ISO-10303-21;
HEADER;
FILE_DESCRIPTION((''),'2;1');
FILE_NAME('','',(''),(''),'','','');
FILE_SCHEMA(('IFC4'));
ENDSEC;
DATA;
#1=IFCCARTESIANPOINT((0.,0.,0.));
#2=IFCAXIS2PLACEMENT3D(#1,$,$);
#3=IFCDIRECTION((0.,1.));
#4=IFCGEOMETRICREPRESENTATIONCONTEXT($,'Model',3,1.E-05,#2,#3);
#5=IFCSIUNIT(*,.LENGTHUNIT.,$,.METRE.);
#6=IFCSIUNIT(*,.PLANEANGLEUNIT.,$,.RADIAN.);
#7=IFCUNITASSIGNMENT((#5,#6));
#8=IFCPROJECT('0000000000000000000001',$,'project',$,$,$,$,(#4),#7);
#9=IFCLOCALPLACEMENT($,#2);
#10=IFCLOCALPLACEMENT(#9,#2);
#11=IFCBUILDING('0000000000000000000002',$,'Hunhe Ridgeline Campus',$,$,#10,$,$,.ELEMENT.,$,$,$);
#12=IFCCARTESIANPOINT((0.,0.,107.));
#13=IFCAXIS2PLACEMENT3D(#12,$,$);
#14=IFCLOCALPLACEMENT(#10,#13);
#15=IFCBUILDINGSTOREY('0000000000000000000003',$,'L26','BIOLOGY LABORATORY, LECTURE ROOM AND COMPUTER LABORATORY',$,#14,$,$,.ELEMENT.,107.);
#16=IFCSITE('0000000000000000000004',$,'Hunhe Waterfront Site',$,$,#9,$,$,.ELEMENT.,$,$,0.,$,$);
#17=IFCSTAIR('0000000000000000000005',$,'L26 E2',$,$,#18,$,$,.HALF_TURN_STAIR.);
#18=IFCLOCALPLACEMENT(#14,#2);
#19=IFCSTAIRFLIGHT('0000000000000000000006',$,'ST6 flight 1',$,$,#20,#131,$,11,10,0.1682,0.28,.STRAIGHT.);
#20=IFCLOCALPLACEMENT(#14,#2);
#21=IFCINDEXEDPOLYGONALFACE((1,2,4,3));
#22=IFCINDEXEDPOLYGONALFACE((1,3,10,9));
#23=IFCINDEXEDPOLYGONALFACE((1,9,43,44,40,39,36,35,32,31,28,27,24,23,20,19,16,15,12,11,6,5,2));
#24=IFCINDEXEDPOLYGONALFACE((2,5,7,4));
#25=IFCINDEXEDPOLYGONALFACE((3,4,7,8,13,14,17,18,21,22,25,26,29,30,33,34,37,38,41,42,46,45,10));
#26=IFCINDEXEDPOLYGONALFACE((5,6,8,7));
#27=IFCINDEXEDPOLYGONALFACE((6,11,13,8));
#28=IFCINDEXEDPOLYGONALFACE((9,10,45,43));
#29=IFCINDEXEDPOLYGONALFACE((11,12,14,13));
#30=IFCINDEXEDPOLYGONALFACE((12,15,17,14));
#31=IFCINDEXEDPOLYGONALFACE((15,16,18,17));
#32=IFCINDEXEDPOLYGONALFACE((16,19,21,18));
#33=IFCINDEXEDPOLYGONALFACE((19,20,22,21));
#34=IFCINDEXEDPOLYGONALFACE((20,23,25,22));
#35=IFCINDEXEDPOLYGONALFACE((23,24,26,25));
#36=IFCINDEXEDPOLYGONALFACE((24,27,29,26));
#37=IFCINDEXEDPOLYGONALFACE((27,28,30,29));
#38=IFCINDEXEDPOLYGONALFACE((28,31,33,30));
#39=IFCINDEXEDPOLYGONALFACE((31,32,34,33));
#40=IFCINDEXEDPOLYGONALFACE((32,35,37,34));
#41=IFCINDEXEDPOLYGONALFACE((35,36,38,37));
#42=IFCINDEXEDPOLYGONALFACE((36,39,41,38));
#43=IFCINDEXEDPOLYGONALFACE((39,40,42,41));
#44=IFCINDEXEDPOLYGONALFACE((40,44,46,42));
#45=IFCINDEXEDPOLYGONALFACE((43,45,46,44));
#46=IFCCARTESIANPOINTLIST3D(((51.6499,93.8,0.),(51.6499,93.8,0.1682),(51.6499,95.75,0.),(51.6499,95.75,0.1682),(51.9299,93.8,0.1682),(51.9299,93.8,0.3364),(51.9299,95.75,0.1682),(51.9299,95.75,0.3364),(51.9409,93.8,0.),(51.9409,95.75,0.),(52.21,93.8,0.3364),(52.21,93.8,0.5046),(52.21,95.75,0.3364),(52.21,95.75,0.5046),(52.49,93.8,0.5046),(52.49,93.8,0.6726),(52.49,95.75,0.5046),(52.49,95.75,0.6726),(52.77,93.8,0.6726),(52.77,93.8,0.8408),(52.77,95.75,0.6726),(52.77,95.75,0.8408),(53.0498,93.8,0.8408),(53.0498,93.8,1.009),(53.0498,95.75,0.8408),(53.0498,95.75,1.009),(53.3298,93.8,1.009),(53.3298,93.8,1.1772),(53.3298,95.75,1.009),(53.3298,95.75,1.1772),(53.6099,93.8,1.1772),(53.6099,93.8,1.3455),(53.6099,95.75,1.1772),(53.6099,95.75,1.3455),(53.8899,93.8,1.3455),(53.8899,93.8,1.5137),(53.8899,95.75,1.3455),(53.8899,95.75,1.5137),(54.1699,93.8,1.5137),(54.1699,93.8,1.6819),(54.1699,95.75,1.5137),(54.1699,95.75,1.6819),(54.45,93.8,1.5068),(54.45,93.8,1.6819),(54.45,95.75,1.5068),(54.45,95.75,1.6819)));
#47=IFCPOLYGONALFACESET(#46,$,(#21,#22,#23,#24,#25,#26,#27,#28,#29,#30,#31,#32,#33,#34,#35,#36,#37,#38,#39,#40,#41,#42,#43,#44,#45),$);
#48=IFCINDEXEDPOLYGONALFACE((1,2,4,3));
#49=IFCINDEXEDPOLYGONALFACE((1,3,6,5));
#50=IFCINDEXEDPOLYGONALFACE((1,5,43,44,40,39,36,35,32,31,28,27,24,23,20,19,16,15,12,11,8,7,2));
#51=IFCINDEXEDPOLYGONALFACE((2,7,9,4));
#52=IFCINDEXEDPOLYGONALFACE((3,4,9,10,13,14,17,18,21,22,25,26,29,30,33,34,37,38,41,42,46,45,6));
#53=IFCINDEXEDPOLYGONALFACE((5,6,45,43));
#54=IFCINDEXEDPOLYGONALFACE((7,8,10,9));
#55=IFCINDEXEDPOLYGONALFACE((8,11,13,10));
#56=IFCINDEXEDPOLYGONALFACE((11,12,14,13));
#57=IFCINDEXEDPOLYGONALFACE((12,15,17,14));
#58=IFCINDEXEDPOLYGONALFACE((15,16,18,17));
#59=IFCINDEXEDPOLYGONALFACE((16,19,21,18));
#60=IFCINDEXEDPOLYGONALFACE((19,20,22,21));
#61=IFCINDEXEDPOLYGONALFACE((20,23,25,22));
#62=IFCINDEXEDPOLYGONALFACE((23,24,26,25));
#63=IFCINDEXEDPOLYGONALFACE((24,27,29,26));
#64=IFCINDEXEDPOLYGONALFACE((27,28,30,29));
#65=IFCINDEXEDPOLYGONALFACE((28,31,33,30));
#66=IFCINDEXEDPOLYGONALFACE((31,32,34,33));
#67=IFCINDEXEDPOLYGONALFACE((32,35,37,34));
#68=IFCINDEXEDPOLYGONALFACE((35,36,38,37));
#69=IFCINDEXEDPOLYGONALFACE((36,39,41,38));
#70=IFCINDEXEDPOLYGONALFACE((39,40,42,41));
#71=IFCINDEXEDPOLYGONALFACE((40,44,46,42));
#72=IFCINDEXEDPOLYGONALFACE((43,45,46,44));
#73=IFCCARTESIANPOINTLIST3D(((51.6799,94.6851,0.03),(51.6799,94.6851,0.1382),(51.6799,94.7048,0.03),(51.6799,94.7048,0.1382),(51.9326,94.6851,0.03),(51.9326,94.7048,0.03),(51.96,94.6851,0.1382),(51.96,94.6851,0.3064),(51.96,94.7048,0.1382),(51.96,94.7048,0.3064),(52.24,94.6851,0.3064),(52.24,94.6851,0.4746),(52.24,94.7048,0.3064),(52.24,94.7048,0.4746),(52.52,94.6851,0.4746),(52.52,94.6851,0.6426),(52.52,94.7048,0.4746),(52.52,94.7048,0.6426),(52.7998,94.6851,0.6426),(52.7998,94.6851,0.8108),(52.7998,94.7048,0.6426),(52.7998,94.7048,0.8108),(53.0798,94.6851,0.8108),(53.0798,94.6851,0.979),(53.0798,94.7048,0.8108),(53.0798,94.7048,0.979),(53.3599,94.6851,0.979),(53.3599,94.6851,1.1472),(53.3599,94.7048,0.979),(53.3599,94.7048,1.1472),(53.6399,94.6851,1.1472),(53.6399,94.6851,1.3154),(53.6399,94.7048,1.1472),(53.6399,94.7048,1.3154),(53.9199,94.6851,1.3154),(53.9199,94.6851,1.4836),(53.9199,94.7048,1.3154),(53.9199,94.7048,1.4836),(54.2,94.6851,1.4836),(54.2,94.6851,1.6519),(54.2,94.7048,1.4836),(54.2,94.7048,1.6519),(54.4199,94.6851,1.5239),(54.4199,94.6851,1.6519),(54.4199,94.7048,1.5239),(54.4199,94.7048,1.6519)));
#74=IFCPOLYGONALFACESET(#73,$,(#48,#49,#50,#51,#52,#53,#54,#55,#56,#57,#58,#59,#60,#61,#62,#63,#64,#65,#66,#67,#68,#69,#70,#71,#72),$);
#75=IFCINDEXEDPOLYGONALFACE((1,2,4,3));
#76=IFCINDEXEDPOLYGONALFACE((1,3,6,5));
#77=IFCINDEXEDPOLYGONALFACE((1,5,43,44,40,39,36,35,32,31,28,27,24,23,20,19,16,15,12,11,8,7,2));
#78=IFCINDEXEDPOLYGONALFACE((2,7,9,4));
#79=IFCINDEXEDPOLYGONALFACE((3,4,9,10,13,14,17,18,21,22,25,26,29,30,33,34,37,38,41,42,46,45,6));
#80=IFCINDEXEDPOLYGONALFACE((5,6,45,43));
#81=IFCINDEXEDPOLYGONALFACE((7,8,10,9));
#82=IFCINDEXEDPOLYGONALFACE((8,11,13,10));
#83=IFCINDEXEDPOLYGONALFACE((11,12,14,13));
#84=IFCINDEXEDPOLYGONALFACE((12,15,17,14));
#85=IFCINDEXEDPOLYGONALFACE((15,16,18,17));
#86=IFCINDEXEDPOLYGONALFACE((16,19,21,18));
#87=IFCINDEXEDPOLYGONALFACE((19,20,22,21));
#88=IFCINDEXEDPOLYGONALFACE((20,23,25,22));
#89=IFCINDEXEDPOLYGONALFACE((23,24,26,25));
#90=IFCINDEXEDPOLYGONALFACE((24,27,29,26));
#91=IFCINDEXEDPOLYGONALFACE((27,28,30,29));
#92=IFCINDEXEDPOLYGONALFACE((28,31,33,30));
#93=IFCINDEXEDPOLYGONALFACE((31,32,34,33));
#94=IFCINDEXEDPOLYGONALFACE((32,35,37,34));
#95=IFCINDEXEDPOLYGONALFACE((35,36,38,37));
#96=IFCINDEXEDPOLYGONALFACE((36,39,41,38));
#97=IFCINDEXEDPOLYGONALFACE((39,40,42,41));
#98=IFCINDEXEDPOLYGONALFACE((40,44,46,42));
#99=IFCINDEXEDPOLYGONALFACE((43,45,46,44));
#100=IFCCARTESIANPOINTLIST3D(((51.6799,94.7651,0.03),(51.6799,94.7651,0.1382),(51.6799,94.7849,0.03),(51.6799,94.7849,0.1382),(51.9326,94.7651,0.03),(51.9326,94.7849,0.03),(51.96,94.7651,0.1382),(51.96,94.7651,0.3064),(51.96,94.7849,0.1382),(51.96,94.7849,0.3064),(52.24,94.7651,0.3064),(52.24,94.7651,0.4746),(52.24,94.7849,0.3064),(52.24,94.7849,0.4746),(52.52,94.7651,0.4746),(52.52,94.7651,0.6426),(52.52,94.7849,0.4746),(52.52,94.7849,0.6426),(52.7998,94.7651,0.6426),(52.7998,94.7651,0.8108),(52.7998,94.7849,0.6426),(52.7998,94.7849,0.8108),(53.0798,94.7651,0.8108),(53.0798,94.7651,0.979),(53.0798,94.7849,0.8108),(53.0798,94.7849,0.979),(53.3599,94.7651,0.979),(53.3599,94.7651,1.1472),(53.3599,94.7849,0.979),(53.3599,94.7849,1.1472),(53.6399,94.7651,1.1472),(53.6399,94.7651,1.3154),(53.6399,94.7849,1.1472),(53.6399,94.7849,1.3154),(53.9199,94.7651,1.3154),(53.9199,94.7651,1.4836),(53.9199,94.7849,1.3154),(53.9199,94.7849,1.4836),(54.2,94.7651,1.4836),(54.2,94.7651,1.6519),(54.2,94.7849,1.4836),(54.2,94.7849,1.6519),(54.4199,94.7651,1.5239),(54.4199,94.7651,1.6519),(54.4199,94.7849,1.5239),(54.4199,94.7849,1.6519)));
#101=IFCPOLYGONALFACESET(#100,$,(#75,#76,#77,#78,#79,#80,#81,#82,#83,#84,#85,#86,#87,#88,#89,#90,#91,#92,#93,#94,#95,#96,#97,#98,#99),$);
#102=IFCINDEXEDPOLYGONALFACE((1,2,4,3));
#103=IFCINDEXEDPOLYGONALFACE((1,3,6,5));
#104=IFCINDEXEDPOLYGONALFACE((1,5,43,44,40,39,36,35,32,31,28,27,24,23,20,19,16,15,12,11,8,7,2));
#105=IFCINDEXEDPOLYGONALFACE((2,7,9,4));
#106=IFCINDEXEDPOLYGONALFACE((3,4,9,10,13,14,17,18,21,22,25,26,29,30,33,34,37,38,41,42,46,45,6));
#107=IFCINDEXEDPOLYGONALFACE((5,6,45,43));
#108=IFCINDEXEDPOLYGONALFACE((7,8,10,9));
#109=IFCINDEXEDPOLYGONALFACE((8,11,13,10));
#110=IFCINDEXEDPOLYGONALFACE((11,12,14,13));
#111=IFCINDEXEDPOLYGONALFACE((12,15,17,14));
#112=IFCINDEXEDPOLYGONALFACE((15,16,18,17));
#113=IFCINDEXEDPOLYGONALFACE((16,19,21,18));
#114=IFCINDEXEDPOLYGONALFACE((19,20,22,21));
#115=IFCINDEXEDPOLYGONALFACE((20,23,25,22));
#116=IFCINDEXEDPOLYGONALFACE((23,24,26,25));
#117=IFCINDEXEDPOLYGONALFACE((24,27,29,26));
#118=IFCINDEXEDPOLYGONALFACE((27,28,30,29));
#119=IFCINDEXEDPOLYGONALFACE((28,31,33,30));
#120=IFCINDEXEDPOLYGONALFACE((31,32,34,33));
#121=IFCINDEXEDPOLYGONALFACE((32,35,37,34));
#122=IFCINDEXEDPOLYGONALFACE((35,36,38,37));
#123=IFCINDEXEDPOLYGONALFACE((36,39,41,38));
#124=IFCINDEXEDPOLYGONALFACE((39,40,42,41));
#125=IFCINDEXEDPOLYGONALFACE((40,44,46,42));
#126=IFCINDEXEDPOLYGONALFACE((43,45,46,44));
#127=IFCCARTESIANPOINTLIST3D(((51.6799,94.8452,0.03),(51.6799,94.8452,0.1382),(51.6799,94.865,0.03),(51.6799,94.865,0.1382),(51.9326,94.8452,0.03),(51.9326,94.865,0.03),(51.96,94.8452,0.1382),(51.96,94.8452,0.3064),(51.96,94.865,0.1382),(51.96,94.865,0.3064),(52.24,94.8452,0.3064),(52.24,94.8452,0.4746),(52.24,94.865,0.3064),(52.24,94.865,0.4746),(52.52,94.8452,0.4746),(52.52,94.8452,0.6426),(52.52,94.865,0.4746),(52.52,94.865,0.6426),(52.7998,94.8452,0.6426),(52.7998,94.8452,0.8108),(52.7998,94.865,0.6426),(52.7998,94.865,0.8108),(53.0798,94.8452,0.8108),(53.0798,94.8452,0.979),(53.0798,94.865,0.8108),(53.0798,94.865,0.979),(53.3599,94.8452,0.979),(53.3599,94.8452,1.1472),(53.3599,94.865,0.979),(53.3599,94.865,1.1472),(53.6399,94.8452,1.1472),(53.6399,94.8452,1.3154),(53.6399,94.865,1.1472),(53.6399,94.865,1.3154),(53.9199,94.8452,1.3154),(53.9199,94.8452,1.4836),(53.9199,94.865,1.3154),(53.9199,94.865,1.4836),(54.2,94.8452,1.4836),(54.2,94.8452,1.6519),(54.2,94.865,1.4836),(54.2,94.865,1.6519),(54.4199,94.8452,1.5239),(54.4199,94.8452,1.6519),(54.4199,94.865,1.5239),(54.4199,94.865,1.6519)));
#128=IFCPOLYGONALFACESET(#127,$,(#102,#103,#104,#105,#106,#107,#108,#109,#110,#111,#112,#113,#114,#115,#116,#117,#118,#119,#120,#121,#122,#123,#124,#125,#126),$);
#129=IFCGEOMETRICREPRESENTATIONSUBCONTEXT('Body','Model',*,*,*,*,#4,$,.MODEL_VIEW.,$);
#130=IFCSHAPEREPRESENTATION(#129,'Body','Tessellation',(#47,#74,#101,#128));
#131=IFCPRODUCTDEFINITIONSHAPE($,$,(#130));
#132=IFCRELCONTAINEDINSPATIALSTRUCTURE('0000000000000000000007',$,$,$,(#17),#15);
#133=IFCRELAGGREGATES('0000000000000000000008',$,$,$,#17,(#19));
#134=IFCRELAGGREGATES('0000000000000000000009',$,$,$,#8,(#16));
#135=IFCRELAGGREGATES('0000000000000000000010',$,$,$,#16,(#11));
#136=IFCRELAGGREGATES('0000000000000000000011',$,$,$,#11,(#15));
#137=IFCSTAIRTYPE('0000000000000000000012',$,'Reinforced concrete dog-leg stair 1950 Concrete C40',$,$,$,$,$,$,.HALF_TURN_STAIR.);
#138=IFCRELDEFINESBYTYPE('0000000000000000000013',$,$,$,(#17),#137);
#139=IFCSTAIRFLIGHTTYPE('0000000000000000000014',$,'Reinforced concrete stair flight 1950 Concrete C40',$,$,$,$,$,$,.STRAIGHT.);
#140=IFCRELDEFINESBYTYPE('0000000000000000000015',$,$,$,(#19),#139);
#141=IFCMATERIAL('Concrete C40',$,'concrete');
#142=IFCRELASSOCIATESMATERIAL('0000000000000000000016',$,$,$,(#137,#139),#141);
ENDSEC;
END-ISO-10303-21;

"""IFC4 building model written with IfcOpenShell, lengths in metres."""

from ifc_helpers import new_model, si_unit, direction, frame, origin, place, context, subcontext, project, spatial, polyline, outline, extrude, material, type_object, element, aggregate, save


model = new_model("IFC4")

# Units and contexts
model_context = context("Model", 3, precision=1e-05, world=origin(), true_north=direction((0.0, 1.0)))
body_context = subcontext(model_context, "Body", "Model", "MODEL_VIEW")
ifc_project = project(units=[si_unit("LENGTHUNIT", "METRE"), si_unit("PLANEANGLEUNIT", "RADIAN")], contexts=[model_context])

# Site, building, storey
site_placement = place(None, origin())
site = spatial("IfcSite", under=ifc_project, at=site_placement, Name="Hunhe Waterfront Site", CompositionType="ELEMENT", RefElevation=0.0)
building_placement = place(site_placement, origin())
building = spatial("IfcBuilding", under=site, at=building_placement, Name="Hunhe Ridgeline Campus", CompositionType="ELEMENT")
storey_placement = place(building_placement, frame((0.0, 0.0, 107.0)))
storey = spatial("IfcBuildingStorey", under=building, at=storey_placement, Name="L26", Description="BIOLOGY LABORATORY, LECTURE ROOM AND COMPUTER LABORATORY", CompositionType="ELEMENT", Elevation=107.0)

# Stair, stair flight
ifc_material_1 = material(Name="Concrete C40", Category="concrete")
stair_type = type_object("IfcStairType", Name="Reinforced concrete dog-leg stair 1950 Concrete C40", PredefinedType="HALF_TURN_STAIR", material=ifc_material_1)
stair_1_placement = place(storey_placement, origin())
stair_1 = element("IfcStair", 1, at=stair_1_placement, inside=storey, type_object=stair_type, Name="L26 E2", PredefinedType="HALF_TURN_STAIR")
stair_flight_type = type_object("IfcStairFlightType", Name="Reinforced concrete stair flight 1950 Concrete C40", PredefinedType="STRAIGHT", material=ifc_material_1)
stair_flight_1_placement = place(storey_placement, frame((51.6499, 94.7749, 0.0), z_axis=(0.0, 0.0, 1.0), x_axis=(1.0, 0.0, 0.0)))
stair_flight_1 = element("IfcStairFlight", 2, at=stair_flight_1_placement, type_object=stair_flight_type, Name="ST6 flight 1", NumberOfRisers=11, NumberOfTreads=10, PredefinedType="STRAIGHT", RiserHeight=0.1682, TreadLength=0.28, context=body_context, shape_type="SweptSolid", body=[
    extrude(outline(polyline([(0.0, 0.0), (0.0, 0.1682), (0.28, 0.1682), (0.28, 0.3364), (0.5601, 0.3364), (0.5601, 0.5046), (0.8401, 0.5046), (0.8401, 0.6726), (1.1201, 0.6726), (1.1201, 0.8408), (1.3999, 0.8408), (1.3999, 1.009), (1.6799, 1.009), (1.6799, 1.1772), (1.96, 1.1772), (1.96, 1.3455), (2.24, 1.3455), (2.24, 1.5137), (2.52, 1.5137), (2.52, 1.6819), (2.8, 1.6819), (2.8, 1.8501), (2.8, 1.5068), (0.291, 0.0), (0.0, 0.0)])), frame((0.0, 0.9751, 0.0), z_axis=(0.0, -1.0, 0.0), x_axis=(1.0, 0.0, 0.0)), (0.0, 0.0, 1.0), 1.95),
    extrude(outline(polyline([(0.03, 0.03), (0.03, 0.1382), (0.3101, 0.1382), (0.3101, 0.3064), (0.5901, 0.3064), (0.5901, 0.4746), (0.8701, 0.4746), (0.8701, 0.6426), (1.1499, 0.6426), (1.1499, 0.8108), (1.4299, 0.8108), (1.4299, 0.979), (1.71, 0.979), (1.71, 1.1472), (1.99, 1.1472), (1.99, 1.3154), (2.27, 1.3154), (2.27, 1.4836), (2.55, 1.4836), (2.55, 1.6519), (2.77, 1.6519), (2.77, 1.5239), (0.2827, 0.03), (0.03, 0.03)])), frame((0.0, -0.0701, 0.0), z_axis=(0.0, -1.0, 0.0), x_axis=(1.0, 0.0, 0.0)), (0.0, 0.0, 1.0), 0.0198),
    extrude(outline(polyline([(0.03, 0.03), (0.03, 0.1382), (0.3101, 0.1382), (0.3101, 0.3064), (0.5901, 0.3064), (0.5901, 0.4746), (0.8701, 0.4746), (0.8701, 0.6426), (1.1499, 0.6426), (1.1499, 0.8108), (1.4299, 0.8108), (1.4299, 0.979), (1.71, 0.979), (1.71, 1.1472), (1.99, 1.1472), (1.99, 1.3154), (2.27, 1.3154), (2.27, 1.4836), (2.55, 1.4836), (2.55, 1.6519), (2.77, 1.6519), (2.77, 1.5239), (0.2827, 0.03), (0.03, 0.03)])), frame((0.0, 0.01, 0.0), z_axis=(0.0, -1.0, 0.0), x_axis=(1.0, 0.0, 0.0)), (0.0, 0.0, 1.0), 0.0198),
    extrude(outline(polyline([(0.03, 0.03), (0.03, 0.1382), (0.3101, 0.1382), (0.3101, 0.3064), (0.5901, 0.3064), (0.5901, 0.4746), (0.8701, 0.4746), (0.8701, 0.6426), (1.1499, 0.6426), (1.1499, 0.8108), (1.4299, 0.8108), (1.4299, 0.979), (1.71, 0.979), (1.71, 1.1472), (1.99, 1.1472), (1.99, 1.3154), (2.27, 1.3154), (2.27, 1.4836), (2.55, 1.4836), (2.55, 1.6519), (2.77, 1.6519), (2.77, 1.5239), (0.2827, 0.03), (0.03, 0.03)])), frame((0.0, 0.0901, 0.0), z_axis=(0.0, -1.0, 0.0), x_axis=(1.0, 0.0, 0.0)), (0.0, 0.0, 1.0), 0.0198),
])
aggregate(stair_1, [stair_flight_1])

save(model, "model.ifc")
